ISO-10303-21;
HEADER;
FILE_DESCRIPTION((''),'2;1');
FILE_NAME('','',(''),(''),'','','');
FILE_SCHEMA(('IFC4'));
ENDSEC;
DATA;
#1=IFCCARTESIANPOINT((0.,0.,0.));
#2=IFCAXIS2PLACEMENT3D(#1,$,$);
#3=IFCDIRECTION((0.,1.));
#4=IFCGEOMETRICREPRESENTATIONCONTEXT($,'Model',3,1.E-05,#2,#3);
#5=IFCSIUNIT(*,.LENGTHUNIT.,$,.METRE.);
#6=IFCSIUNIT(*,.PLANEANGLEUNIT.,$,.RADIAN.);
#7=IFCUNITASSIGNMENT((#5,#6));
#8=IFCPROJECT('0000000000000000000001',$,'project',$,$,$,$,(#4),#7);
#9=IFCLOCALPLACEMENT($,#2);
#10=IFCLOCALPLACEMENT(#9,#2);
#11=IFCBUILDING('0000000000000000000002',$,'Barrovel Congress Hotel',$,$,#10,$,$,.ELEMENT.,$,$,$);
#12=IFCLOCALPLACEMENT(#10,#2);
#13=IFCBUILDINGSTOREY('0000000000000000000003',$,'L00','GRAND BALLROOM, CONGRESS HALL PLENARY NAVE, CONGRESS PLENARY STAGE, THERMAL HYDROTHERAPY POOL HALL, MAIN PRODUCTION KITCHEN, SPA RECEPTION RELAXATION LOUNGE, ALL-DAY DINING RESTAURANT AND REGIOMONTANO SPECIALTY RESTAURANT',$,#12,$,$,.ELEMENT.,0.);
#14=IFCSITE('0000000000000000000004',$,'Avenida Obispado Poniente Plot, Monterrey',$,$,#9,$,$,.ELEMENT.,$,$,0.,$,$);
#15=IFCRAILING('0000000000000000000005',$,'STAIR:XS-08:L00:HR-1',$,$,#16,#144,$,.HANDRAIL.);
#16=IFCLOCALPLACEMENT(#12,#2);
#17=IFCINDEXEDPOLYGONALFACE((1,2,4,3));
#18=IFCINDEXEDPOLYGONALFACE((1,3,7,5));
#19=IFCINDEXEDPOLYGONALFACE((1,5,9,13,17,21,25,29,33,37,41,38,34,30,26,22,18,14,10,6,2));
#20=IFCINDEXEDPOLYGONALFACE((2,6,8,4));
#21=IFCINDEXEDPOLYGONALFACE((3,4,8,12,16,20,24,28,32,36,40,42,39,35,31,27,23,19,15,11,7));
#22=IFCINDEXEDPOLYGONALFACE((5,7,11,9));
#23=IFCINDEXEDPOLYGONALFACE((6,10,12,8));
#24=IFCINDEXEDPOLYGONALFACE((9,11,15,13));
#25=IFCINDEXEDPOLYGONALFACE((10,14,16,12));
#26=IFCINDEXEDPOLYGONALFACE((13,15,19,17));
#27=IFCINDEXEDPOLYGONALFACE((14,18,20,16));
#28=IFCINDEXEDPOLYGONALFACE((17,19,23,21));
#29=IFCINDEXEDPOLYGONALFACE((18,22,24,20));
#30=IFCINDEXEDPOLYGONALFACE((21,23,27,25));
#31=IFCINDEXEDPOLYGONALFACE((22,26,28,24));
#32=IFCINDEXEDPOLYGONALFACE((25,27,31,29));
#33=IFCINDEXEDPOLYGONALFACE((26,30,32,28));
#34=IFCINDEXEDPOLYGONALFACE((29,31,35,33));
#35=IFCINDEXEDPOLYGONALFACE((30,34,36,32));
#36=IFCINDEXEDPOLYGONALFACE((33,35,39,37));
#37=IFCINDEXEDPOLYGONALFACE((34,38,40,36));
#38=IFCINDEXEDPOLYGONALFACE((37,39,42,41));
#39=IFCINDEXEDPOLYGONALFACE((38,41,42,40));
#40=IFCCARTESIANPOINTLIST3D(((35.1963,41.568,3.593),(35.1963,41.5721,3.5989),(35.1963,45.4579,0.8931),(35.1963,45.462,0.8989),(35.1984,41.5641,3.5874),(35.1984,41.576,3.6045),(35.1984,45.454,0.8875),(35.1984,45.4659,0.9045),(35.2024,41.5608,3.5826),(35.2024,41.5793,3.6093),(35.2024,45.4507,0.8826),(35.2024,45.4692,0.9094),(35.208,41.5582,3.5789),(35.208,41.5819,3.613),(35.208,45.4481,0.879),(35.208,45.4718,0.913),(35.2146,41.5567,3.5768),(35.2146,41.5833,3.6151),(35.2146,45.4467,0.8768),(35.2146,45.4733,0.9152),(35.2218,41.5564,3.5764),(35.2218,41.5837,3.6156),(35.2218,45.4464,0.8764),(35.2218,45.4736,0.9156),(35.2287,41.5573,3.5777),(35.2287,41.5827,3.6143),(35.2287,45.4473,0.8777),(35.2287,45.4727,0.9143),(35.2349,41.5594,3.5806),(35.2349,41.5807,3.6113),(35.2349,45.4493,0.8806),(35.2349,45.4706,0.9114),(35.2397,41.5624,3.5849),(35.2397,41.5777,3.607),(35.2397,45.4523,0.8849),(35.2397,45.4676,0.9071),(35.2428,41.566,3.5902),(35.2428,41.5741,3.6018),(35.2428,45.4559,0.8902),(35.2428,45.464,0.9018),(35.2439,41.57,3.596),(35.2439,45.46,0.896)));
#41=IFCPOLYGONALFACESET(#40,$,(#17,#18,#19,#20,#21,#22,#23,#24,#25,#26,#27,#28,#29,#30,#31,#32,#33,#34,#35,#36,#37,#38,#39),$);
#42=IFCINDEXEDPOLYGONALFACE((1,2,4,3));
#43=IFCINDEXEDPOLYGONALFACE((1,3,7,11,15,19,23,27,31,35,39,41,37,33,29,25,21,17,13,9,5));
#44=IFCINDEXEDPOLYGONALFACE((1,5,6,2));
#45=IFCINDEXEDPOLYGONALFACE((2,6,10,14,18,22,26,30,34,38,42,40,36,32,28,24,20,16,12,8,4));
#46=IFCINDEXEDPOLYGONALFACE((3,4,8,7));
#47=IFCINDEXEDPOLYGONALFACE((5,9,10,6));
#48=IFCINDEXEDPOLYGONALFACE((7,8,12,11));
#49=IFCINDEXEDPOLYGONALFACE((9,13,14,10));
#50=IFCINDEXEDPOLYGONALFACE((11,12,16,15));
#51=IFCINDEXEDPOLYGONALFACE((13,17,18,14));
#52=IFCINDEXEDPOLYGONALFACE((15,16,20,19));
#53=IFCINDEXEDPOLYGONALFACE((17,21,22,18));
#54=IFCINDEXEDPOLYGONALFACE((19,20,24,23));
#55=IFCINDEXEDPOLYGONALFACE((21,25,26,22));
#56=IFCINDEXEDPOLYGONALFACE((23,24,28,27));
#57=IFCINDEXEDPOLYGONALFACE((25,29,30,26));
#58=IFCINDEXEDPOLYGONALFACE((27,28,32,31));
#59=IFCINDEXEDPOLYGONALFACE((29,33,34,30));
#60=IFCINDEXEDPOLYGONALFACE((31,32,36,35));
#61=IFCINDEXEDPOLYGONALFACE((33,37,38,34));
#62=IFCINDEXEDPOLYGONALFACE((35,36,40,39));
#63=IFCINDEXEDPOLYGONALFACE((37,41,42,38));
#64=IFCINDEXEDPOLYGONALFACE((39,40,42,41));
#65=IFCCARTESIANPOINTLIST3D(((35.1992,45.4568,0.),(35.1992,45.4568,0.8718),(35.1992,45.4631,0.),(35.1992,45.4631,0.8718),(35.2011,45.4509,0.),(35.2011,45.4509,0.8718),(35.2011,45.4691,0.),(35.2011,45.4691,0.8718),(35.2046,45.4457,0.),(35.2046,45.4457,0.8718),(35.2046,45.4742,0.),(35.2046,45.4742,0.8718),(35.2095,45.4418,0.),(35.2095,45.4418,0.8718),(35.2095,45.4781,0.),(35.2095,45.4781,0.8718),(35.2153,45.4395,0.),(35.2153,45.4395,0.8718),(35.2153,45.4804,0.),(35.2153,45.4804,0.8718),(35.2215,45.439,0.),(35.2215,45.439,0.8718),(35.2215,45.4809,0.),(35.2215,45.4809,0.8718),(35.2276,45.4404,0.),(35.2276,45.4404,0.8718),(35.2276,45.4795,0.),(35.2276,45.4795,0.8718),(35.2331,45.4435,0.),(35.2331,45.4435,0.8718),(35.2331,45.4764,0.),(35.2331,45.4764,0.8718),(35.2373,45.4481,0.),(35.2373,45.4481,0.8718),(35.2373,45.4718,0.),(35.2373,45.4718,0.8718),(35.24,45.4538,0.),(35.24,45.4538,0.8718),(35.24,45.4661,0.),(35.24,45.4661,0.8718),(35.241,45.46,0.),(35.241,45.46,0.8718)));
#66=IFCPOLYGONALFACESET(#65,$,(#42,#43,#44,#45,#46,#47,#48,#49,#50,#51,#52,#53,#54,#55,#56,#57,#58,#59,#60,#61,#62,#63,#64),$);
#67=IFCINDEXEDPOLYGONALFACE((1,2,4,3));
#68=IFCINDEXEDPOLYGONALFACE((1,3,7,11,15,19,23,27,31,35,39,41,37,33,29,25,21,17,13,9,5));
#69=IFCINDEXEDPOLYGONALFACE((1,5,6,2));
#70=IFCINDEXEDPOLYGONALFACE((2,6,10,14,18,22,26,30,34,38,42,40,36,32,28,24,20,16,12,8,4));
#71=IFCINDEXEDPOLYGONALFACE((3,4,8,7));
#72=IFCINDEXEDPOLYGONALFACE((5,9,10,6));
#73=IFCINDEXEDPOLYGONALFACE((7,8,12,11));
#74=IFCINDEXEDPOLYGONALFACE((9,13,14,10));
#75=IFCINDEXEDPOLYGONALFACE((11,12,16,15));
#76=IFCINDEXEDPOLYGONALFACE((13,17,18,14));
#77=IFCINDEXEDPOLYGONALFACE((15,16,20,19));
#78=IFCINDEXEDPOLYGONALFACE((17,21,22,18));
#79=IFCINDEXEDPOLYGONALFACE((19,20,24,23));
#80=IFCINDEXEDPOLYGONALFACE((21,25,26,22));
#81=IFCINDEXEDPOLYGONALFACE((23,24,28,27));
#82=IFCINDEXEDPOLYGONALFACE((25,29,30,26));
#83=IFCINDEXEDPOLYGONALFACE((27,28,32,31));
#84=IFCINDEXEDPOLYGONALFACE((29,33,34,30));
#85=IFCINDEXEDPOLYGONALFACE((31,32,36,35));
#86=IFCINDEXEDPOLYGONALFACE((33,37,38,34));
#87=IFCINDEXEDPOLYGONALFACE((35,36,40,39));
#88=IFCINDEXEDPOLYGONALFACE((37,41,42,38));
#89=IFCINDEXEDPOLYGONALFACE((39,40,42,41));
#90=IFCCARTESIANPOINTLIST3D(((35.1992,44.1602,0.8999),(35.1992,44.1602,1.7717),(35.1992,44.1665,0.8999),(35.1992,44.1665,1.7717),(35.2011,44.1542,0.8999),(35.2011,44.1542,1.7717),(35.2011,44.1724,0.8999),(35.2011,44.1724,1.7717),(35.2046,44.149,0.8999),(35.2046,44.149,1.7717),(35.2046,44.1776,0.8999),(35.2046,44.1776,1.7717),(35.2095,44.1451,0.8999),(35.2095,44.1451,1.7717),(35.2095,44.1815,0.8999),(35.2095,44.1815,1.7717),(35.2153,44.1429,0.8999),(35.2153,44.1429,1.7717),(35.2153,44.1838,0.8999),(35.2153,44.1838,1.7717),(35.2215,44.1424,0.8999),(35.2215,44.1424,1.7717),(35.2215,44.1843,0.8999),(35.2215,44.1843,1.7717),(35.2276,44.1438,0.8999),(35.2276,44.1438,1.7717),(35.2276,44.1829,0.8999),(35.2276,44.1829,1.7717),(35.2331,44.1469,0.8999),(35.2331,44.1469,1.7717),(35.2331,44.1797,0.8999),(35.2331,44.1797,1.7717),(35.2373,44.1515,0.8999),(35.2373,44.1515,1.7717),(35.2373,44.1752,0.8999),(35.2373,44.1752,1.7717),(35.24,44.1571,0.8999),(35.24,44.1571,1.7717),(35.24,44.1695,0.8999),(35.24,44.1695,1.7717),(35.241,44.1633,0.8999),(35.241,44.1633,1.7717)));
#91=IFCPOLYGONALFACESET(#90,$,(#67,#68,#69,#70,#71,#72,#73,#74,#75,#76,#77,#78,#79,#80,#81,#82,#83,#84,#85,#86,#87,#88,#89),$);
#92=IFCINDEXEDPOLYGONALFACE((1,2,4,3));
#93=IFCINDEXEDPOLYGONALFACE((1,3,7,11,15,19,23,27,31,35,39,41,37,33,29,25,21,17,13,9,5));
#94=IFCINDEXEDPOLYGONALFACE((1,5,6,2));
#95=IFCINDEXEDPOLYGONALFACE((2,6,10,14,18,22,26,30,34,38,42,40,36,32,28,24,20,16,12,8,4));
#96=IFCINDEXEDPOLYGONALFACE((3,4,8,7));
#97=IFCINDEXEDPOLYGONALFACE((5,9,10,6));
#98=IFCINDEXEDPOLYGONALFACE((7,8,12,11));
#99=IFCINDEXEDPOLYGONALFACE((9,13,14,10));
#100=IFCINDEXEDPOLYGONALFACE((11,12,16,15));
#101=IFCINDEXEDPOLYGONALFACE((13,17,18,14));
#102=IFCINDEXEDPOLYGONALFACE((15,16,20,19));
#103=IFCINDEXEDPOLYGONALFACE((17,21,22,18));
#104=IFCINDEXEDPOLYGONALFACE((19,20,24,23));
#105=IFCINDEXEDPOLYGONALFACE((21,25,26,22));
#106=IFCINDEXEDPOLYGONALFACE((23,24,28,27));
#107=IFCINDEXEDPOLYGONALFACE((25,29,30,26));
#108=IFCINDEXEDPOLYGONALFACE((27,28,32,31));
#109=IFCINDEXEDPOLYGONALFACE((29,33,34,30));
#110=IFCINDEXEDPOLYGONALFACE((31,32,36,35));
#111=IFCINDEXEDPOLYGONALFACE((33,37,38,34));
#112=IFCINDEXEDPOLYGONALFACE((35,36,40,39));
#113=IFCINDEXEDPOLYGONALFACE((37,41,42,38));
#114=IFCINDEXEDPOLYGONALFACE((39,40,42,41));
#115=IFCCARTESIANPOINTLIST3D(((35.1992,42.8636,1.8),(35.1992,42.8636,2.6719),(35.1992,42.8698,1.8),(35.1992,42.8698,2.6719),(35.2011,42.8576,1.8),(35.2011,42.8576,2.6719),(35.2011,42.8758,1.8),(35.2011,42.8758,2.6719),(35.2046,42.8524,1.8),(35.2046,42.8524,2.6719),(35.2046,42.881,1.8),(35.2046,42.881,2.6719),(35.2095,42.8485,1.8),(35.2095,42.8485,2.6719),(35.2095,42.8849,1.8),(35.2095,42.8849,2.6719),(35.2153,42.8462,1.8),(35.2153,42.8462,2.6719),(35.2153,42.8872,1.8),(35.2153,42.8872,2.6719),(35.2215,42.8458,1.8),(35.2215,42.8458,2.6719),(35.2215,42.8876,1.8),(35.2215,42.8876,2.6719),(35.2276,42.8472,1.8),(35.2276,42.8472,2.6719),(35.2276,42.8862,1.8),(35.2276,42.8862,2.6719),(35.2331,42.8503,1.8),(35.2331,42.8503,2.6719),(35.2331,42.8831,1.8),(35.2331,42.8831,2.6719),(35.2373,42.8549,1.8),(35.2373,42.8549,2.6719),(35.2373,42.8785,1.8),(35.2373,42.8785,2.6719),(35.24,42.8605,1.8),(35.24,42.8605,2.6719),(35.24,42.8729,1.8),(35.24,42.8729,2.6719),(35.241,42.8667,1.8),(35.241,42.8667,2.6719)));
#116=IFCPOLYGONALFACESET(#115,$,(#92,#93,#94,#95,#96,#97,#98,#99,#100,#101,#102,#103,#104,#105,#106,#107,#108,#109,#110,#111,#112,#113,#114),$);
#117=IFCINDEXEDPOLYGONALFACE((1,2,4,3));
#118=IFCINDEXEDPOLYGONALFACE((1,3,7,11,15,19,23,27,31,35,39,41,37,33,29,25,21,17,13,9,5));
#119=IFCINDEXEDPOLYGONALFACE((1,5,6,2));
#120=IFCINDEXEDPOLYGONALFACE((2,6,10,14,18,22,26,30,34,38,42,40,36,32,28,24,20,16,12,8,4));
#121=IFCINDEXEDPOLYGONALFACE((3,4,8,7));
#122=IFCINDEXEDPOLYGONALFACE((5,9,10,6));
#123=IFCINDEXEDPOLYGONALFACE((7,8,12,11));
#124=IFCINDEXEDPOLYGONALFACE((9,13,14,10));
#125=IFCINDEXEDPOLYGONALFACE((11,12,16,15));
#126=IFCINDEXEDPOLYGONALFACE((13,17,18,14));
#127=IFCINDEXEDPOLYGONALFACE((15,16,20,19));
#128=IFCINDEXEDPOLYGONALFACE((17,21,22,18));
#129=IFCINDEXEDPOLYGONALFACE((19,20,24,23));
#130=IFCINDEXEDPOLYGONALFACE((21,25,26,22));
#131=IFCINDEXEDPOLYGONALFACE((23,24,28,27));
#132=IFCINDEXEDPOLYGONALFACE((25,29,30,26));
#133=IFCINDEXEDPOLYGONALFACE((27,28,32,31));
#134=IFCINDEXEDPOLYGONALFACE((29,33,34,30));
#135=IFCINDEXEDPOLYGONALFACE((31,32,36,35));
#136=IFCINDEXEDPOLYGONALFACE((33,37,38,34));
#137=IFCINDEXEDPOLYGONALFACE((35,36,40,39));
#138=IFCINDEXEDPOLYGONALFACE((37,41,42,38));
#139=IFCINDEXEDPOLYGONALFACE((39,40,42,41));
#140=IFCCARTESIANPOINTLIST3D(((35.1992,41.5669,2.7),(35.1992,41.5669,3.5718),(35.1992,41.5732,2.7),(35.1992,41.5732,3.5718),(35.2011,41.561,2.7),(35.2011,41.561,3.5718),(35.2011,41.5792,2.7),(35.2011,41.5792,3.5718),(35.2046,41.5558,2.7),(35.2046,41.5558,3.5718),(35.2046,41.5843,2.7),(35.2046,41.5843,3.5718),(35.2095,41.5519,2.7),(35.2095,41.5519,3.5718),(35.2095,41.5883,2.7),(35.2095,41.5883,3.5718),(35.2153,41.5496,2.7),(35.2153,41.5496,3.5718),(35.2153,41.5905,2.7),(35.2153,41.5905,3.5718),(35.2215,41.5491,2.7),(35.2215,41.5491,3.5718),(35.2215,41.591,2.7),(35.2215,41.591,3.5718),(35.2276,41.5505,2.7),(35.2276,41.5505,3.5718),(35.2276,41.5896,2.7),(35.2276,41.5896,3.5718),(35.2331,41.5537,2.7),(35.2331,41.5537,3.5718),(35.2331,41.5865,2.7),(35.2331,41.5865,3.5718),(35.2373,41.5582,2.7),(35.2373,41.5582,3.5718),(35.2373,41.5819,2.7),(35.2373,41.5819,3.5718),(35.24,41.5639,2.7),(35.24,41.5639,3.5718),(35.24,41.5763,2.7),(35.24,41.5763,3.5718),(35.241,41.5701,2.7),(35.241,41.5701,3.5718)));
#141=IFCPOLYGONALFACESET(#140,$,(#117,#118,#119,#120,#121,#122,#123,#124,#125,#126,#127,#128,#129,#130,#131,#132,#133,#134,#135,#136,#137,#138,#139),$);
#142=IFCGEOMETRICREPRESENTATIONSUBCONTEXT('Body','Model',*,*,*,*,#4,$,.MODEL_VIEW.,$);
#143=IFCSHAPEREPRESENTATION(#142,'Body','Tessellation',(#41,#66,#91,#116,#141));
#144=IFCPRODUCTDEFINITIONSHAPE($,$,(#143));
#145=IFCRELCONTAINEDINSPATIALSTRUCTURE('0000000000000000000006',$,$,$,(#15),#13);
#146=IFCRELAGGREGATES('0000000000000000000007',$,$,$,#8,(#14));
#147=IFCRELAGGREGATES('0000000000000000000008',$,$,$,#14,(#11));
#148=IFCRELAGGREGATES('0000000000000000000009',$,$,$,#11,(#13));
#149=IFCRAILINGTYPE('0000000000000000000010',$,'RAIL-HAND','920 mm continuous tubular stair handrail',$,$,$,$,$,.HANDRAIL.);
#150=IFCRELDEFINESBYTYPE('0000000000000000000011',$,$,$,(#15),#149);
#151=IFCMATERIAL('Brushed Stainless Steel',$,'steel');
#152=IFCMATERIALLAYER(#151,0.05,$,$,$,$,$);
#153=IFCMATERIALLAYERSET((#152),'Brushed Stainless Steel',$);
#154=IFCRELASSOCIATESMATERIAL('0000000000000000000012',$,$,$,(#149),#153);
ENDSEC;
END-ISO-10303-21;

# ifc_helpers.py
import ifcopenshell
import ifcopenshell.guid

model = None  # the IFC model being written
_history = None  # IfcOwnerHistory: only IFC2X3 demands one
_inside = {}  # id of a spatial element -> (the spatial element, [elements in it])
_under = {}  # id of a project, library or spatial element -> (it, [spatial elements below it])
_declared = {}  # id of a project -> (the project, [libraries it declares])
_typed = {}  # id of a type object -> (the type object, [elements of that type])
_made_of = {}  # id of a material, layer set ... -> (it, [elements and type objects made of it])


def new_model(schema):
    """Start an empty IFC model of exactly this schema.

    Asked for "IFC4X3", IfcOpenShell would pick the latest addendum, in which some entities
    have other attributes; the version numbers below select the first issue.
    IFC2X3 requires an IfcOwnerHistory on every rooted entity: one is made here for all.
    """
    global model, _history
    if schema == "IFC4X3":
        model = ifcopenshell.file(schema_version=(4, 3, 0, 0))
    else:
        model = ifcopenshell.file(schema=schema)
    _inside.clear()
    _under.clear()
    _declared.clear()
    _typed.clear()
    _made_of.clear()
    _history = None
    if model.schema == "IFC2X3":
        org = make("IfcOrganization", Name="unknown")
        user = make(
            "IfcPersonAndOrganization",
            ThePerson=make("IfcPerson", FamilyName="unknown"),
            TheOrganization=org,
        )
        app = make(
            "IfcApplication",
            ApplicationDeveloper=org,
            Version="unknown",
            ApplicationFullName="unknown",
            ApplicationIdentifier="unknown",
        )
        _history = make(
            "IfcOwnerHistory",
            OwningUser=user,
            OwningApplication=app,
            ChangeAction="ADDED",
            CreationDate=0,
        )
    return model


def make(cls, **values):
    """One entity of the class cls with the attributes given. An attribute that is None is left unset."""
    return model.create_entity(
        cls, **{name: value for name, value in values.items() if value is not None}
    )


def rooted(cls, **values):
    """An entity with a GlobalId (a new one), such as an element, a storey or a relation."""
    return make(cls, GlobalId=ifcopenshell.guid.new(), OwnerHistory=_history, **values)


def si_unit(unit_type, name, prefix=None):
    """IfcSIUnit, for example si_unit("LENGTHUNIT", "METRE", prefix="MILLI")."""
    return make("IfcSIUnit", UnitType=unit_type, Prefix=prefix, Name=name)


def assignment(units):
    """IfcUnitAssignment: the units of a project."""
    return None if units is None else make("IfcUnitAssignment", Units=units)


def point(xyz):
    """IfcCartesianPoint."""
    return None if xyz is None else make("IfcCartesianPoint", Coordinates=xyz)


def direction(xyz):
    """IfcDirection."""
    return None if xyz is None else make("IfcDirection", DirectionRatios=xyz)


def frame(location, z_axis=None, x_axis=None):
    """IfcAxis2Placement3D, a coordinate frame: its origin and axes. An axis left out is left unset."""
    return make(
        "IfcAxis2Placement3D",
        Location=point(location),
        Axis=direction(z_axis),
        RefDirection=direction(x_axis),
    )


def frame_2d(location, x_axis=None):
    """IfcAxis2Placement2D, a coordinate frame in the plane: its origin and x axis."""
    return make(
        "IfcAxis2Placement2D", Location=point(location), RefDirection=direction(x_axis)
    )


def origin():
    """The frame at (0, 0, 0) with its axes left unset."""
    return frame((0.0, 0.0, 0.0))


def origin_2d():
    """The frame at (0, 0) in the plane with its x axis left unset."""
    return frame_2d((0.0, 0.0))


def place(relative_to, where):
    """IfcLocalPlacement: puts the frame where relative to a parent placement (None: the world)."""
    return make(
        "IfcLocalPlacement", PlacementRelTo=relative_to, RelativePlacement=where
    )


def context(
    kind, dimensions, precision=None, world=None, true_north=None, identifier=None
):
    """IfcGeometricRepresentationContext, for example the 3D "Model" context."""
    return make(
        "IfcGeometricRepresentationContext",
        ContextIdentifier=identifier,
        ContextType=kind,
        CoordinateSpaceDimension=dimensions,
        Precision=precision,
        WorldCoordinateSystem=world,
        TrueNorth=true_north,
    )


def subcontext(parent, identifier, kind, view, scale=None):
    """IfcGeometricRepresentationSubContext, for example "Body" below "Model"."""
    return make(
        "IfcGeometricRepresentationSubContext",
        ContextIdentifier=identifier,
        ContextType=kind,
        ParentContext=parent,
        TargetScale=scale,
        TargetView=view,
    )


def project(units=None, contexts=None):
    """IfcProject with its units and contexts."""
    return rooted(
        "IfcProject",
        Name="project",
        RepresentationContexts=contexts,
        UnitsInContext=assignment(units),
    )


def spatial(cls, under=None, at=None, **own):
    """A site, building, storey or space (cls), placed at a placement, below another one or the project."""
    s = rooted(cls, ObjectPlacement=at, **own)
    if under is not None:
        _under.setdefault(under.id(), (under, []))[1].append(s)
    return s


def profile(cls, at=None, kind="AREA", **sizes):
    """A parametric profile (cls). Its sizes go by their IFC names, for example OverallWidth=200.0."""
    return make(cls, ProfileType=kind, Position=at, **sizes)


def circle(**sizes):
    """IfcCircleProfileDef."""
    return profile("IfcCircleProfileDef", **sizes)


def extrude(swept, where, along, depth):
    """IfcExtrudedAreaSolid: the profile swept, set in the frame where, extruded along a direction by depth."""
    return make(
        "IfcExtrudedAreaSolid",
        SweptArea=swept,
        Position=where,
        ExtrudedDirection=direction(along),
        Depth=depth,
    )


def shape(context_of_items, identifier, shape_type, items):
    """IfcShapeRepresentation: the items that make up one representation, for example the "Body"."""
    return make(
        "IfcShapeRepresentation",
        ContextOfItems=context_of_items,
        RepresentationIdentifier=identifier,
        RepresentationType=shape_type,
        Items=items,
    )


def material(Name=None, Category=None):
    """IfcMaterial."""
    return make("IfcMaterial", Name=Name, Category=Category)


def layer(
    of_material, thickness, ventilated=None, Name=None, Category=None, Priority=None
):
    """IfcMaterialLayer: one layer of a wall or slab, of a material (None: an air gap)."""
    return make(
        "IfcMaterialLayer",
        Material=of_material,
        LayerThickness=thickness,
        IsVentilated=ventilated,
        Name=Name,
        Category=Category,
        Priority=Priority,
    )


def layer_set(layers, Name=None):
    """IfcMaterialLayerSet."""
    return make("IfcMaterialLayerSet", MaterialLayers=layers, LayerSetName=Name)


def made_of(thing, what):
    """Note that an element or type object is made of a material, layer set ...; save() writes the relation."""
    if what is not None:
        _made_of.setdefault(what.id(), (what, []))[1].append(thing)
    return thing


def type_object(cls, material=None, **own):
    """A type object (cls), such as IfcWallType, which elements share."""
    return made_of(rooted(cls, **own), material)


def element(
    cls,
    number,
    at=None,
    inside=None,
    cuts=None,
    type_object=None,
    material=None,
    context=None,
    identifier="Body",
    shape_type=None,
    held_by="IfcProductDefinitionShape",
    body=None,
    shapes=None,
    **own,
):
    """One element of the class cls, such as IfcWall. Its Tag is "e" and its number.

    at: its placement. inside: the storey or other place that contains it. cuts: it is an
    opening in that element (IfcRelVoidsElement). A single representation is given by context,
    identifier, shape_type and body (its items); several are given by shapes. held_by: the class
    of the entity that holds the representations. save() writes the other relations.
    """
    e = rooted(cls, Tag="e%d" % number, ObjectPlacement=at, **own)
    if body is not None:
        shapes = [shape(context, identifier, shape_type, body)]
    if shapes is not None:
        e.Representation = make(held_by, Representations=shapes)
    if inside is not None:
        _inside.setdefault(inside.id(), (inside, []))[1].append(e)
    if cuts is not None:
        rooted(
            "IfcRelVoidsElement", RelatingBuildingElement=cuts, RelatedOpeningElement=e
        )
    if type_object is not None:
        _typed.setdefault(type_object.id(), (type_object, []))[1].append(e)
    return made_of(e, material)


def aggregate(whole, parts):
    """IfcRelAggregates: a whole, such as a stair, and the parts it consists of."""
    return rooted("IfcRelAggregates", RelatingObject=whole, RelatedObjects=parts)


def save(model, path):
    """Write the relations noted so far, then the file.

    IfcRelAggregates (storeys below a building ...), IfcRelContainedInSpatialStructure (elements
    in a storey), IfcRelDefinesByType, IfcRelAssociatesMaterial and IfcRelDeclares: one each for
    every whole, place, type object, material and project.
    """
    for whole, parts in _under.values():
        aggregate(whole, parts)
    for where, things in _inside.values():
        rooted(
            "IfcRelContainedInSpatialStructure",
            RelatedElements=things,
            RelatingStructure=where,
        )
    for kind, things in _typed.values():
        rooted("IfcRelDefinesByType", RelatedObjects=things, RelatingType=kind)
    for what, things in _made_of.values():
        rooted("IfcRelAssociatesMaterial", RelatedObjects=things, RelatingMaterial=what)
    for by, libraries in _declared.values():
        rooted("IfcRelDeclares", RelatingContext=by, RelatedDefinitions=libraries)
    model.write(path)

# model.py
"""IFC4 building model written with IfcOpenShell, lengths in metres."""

from ifc_helpers import new_model, si_unit, direction, frame, origin, origin_2d, place, context, subcontext, project, spatial, circle, extrude, material, layer, layer_set, type_object, element, save


model = new_model("IFC4")

# Units and contexts
model_context = context("Model", 3, precision=1e-05, world=origin(), true_north=direction((0.0, 1.0)))
body_context = subcontext(model_context, "Body", "Model", "MODEL_VIEW")
ifc_project = project(units=[si_unit("LENGTHUNIT", "METRE"), si_unit("PLANEANGLEUNIT", "RADIAN")], contexts=[model_context])

# Site, building, storey
site_placement = place(None, origin())
site = spatial("IfcSite", under=ifc_project, at=site_placement, Name="Avenida Obispado Poniente Plot, Monterrey", CompositionType="ELEMENT", RefElevation=0.0)
building_placement = place(site_placement, origin())
building = spatial("IfcBuilding", under=site, at=building_placement, Name="Barrovel Congress Hotel", CompositionType="ELEMENT")
storey_placement = place(building_placement, origin())
storey = spatial("IfcBuildingStorey", under=building, at=storey_placement, Name="L00", Description="GRAND BALLROOM, CONGRESS HALL PLENARY NAVE, CONGRESS PLENARY STAGE, THERMAL HYDROTHERAPY POOL HALL, MAIN PRODUCTION KITCHEN, SPA RECEPTION RELAXATION LOUNGE, ALL-DAY DINING RESTAURANT AND REGIOMONTANO SPECIALTY RESTAURANT", CompositionType="ELEMENT", Elevation=0.0)

# Railing
ifc_material_1 = material(Name="Brushed Stainless Steel", Category="steel")
ifc_layer_1 = layer(ifc_material_1, 0.05)
ifc_layer_set_1 = layer_set([ifc_layer_1], Name="Brushed Stainless Steel")
railing_type_1 = type_object("IfcRailingType", Name="RAIL-HAND", Description="920 mm continuous tubular stair handrail", PredefinedType="HANDRAIL", material=ifc_layer_set_1)
railing_1_placement = place(storey_placement, frame((35.22, 45.46, 0.0)))
element("IfcRailing", 1, at=railing_1_placement, inside=storey, type_object=railing_type_1, Name="STAIR:XS-08:L00:HR-1", PredefinedType="HANDRAIL", context=body_context, shape_type="SweptSolid", body=[
    extrude(circle(Radius=0.0239, at=origin_2d()), frame((0.0, 0.0, 0.896), z_axis=(0.0, -0.821505, 0.570202), x_axis=(1.0, 0.0, 0.0)), (0.0, 0.0, 1.0), 4.7351),
    extrude(circle(Radius=0.021, at=origin_2d()), origin(), (0.0, 0.0, 1.0), 0.8718),
    extrude(circle(Radius=0.021, at=origin_2d()), frame((0.0, -1.2966, 0.8999)), (0.0, 0.0, 1.0), 0.8718),
    extrude(circle(Radius=0.021, at=origin_2d()), frame((0.0, -2.5933, 1.8)), (0.0, 0.0, 1.0), 0.8718),
    extrude(circle(Radius=0.021, at=origin_2d()), frame((0.0, -3.8899, 2.7)), (0.0, 0.0, 1.0), 0.8718),
])

save(model, "model.ifc")
